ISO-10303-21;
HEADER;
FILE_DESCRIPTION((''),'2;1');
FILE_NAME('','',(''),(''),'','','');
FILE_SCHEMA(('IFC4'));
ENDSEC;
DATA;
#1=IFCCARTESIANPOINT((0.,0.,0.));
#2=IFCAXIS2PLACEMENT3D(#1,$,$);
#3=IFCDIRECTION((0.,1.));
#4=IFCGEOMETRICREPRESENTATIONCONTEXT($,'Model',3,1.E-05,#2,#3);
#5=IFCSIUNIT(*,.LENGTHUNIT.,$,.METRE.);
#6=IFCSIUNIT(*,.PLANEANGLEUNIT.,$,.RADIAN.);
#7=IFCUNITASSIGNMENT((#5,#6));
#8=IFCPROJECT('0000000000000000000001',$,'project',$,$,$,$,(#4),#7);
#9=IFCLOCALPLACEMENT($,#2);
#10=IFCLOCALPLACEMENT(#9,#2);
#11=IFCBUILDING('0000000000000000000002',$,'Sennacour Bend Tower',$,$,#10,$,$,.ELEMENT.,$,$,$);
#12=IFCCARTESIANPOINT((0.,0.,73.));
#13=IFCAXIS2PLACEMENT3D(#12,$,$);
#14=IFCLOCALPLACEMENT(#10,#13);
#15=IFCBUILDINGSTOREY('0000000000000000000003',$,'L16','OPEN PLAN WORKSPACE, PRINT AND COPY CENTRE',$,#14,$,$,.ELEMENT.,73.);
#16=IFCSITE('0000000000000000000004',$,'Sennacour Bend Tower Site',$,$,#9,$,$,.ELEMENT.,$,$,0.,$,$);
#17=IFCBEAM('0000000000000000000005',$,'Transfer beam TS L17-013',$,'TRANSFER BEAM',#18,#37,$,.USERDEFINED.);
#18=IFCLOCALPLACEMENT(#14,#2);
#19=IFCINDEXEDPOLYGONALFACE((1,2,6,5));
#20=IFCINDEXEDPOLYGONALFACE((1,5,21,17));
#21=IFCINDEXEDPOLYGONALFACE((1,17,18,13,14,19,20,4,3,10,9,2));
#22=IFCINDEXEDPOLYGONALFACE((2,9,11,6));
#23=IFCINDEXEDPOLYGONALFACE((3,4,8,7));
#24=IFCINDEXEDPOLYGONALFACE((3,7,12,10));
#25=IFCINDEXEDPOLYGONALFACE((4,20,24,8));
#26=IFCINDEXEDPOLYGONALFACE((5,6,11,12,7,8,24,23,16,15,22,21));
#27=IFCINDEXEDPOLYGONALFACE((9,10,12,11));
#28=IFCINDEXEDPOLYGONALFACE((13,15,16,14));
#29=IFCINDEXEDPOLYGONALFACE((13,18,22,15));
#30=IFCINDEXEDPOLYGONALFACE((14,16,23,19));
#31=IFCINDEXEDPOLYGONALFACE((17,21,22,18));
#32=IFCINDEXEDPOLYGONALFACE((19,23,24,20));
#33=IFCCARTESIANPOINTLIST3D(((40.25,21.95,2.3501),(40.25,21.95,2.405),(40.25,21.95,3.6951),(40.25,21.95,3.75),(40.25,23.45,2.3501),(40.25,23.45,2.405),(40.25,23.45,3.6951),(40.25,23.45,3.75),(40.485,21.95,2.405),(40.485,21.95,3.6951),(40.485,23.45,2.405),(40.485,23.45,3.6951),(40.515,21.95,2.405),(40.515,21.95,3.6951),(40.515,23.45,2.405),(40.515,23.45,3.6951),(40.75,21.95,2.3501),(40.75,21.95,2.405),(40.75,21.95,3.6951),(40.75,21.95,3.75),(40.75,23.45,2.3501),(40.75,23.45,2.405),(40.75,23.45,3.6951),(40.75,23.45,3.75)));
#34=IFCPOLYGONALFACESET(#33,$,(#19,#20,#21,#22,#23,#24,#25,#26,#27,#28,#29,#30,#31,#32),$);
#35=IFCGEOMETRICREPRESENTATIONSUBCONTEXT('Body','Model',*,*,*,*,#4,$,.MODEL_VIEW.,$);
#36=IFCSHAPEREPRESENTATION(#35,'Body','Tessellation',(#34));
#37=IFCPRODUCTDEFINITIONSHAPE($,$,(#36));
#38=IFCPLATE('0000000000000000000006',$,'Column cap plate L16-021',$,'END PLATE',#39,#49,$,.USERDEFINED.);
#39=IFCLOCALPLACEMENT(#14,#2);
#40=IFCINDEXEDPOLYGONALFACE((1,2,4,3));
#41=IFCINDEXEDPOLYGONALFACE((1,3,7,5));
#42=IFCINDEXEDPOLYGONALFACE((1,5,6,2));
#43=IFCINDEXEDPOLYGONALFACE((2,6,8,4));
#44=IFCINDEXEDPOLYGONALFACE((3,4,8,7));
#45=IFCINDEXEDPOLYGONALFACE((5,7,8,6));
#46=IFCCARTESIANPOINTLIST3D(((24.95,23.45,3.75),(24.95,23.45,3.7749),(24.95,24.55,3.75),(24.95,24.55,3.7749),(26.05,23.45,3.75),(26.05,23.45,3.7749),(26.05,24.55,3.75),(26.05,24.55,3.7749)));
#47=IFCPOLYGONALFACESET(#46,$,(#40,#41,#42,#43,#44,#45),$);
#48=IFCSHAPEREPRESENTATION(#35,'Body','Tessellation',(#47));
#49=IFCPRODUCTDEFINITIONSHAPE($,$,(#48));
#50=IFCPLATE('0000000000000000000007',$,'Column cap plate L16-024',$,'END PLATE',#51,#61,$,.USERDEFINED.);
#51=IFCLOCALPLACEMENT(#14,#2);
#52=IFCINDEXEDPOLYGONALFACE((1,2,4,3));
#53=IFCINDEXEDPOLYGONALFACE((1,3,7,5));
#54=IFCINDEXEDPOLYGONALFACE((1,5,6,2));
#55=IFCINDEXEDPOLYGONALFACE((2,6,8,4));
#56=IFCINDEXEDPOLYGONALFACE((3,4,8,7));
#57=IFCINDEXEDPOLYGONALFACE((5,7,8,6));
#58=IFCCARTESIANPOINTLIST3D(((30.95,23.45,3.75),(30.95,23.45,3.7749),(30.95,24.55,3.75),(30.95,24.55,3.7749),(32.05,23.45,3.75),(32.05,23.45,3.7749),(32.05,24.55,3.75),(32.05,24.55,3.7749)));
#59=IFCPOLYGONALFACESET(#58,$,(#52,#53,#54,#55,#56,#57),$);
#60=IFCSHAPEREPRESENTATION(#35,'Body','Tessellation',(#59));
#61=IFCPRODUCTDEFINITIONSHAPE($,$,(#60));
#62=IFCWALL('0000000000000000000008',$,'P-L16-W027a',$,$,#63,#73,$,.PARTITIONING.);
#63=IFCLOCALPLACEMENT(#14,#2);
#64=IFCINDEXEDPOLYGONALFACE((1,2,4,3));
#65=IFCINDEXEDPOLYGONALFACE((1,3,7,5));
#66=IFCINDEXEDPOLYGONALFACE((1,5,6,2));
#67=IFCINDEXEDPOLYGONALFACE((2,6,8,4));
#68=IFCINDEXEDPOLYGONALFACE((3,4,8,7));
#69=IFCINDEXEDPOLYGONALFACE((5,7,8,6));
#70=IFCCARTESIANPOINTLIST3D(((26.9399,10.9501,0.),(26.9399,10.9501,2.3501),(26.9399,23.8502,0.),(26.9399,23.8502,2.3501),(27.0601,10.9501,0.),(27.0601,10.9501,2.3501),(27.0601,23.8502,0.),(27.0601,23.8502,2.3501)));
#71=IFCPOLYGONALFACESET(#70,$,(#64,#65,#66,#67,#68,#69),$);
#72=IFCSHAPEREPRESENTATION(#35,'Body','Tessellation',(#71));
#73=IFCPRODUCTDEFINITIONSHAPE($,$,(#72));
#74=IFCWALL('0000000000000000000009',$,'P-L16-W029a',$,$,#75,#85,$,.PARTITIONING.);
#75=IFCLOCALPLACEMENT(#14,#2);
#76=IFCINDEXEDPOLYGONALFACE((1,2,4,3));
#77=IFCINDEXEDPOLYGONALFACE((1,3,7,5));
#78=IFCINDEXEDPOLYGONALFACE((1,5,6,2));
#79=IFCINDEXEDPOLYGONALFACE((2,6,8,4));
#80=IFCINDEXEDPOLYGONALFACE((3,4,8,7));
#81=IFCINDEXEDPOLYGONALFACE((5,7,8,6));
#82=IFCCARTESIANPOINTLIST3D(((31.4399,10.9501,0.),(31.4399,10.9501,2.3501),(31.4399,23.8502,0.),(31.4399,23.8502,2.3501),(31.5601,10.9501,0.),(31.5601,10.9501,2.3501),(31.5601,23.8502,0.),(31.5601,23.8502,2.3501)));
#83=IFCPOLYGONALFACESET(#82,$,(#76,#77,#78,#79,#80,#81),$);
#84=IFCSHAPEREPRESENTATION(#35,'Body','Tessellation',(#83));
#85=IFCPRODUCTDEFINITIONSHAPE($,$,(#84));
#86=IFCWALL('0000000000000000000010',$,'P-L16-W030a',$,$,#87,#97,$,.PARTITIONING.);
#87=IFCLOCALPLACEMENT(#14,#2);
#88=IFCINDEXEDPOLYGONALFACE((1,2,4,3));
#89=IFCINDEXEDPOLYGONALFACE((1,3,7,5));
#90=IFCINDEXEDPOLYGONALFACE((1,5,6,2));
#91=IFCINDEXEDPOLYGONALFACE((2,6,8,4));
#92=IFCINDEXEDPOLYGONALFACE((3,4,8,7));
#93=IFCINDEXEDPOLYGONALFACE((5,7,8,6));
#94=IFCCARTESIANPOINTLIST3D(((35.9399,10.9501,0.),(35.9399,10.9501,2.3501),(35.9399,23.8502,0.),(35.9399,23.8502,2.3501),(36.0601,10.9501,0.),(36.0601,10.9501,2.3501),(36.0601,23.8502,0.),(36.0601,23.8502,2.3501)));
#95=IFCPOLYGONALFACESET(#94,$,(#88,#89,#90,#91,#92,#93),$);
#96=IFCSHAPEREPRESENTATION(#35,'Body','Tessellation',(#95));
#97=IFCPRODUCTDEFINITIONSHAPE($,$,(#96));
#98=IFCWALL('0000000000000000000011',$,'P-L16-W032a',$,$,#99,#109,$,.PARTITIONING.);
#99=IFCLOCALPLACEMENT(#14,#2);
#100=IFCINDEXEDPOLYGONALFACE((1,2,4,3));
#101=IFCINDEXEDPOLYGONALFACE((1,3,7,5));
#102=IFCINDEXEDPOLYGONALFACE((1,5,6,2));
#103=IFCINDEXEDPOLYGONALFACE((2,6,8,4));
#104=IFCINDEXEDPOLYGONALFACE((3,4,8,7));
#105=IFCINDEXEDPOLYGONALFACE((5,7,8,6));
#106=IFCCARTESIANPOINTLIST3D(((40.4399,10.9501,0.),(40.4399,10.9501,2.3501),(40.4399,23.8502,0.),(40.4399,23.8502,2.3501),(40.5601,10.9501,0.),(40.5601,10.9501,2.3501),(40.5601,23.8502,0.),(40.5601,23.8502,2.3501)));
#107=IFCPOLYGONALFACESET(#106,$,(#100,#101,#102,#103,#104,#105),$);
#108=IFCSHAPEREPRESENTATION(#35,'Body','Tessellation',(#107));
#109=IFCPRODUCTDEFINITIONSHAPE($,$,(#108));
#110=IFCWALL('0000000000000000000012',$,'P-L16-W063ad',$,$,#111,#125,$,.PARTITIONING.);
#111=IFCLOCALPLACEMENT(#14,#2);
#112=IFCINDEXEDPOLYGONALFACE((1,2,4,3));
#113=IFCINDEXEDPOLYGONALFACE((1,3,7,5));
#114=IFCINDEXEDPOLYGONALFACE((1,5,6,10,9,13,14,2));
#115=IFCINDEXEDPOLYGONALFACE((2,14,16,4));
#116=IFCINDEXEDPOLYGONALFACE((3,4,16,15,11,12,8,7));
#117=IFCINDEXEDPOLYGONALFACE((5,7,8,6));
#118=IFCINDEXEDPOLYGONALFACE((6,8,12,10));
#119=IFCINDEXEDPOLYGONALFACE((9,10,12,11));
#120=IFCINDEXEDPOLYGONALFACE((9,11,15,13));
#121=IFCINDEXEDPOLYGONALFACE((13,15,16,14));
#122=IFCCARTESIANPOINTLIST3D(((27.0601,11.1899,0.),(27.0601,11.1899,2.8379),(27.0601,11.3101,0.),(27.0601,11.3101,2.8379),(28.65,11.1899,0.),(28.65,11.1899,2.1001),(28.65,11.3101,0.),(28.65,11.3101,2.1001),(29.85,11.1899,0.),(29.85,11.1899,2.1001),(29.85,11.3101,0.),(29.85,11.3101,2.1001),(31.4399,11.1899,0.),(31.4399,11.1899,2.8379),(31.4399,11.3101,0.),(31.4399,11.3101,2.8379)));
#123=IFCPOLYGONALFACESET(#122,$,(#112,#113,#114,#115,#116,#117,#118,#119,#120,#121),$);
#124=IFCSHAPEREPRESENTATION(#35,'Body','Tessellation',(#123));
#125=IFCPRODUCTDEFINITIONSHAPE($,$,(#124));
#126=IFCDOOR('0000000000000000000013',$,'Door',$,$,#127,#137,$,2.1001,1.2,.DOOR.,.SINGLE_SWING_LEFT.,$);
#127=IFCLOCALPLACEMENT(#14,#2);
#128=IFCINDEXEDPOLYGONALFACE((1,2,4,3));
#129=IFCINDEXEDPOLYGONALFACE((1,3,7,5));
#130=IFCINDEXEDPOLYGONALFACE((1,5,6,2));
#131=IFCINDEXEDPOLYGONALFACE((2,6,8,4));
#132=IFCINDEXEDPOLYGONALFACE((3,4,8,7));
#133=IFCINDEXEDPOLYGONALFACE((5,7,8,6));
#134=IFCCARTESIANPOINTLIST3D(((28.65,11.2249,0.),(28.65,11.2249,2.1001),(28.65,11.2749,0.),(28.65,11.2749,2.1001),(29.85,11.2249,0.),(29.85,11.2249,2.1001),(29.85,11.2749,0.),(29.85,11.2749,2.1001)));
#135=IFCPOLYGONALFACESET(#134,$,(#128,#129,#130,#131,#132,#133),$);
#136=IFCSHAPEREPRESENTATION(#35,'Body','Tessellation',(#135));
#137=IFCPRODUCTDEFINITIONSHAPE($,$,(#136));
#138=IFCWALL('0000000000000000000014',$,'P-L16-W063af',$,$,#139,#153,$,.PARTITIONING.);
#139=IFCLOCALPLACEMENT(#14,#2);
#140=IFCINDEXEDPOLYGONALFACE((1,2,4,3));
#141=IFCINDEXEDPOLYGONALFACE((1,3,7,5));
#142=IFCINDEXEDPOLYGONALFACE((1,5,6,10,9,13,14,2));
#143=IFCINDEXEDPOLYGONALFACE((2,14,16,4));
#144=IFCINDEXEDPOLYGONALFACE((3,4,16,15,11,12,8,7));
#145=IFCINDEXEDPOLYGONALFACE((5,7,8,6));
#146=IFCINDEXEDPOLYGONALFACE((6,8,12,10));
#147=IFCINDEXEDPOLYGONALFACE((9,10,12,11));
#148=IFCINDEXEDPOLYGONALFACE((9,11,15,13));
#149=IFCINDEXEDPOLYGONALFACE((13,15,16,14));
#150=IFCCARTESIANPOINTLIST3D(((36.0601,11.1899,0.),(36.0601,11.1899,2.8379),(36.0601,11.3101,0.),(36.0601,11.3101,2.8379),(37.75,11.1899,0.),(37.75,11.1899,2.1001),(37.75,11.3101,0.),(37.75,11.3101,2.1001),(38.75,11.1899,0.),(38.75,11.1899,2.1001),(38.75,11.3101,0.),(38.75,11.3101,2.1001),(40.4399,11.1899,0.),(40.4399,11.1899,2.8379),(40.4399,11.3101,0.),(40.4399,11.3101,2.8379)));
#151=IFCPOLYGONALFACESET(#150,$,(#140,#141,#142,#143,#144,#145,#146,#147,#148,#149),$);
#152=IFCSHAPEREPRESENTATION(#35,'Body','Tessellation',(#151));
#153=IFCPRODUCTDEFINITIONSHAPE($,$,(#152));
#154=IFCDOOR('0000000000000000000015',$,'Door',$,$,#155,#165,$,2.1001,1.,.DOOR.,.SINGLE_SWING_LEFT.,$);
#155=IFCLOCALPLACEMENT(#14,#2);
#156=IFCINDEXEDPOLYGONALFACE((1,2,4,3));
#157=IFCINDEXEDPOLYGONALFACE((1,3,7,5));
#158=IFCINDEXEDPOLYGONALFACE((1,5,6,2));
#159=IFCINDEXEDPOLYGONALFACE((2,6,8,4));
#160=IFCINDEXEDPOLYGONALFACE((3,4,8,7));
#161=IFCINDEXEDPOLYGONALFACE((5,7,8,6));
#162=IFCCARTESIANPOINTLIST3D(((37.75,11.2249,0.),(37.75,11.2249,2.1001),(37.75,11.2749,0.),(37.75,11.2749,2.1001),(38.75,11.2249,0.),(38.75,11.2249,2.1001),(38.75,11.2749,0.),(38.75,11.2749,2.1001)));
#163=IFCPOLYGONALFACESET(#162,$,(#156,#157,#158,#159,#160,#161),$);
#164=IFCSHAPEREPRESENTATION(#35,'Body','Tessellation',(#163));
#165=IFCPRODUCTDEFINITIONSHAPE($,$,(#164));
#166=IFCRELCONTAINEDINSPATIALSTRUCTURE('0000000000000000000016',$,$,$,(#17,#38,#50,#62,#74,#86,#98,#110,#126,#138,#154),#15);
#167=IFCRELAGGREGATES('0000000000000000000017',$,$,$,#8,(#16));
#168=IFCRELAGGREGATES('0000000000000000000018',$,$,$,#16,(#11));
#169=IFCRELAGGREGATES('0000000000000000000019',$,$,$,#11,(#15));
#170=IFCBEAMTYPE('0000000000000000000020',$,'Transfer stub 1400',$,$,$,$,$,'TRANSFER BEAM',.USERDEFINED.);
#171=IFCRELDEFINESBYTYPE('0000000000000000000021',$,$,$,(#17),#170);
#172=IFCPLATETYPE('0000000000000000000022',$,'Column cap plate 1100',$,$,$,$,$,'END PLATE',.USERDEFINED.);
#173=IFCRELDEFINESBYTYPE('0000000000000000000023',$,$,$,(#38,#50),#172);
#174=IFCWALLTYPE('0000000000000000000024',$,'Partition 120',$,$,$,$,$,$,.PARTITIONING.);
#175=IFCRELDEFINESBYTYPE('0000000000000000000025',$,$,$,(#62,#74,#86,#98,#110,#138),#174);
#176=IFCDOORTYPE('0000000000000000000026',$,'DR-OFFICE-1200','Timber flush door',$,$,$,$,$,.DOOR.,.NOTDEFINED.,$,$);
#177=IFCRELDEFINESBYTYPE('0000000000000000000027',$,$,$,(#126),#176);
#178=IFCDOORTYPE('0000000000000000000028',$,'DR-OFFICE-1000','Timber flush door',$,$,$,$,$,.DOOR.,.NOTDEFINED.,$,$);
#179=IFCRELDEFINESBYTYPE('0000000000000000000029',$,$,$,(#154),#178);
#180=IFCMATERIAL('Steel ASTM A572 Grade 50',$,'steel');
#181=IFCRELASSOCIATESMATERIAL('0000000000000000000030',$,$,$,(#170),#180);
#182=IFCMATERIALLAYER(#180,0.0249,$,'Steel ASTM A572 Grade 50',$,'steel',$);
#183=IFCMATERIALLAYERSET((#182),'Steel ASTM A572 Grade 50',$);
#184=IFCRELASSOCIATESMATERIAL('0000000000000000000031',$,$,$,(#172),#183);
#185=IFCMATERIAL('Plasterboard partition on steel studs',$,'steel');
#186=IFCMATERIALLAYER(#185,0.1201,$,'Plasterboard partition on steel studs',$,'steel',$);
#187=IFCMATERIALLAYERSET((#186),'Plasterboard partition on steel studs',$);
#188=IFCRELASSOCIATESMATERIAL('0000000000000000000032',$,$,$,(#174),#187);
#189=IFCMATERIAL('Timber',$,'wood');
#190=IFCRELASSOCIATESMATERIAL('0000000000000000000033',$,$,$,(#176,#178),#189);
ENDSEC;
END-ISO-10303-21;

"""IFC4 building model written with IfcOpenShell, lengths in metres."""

from ifc_helpers import new_model, si_unit, direction, frame, frame_2d, origin, origin_2d, place, context, subcontext, project, spatial, rectangle, i_section, extrude, material, layer, layer_set, material_profile, profile_set, type_object, element, fill, save


model = new_model("IFC4")

# Units and contexts
model_context = context("Model", 3, precision=1e-05, world=origin(), true_north=direction((0.0, 1.0)))
body_context = subcontext(model_context, "Body", "Model", "MODEL_VIEW")
ifc_project = project(units=[si_unit("LENGTHUNIT", "METRE"), si_unit("PLANEANGLEUNIT", "RADIAN")], contexts=[model_context])

# Site, building, storey
site_placement = place(None, origin())
site = spatial("IfcSite", under=ifc_project, at=site_placement, Name="Sennacour Bend Tower Site", CompositionType="ELEMENT", RefElevation=0.0)
building_placement = place(site_placement, origin())
building = spatial("IfcBuilding", under=site, at=building_placement, Name="Sennacour Bend Tower", CompositionType="ELEMENT")
storey_placement = place(building_placement, frame((0.0, 0.0, 73.0)))
storey = spatial("IfcBuildingStorey", under=building, at=storey_placement, Name="L16", Description="OPEN PLAN WORKSPACE, PRINT AND COPY CENTRE", CompositionType="ELEMENT", Elevation=73.0)

# Shared definitions
ifc_material_1 = material(Name="Steel ASTM A572 Grade 50", Category="steel")

# Beam
ifc_material_profile_1 = material_profile(ifc_material_1, i_section(OverallWidth=0.5, OverallDepth=1.3999, WebThickness=0.03, FlangeThickness=0.0549, at=origin_2d()), Name="Steel ASTM A572 Grade 50", Category="steel")
ifc_profile_set_1 = profile_set([ifc_material_profile_1], Name="Steel ASTM A572 Grade 50")
beam_type_1 = type_object("IfcBeamType", Name="Transfer stub 1400", ElementType="TRANSFER BEAM", PredefinedType="USERDEFINED", material=ifc_profile_set_1)
for number, where, z_axis, x_axis, name in (
    (1, (40.5, 23.45, 3.05), (0.0, -1.0, 0.0), (1.0, 0.0, 0.0), "Transfer beam TS L17-013"),
):
    element("IfcBeam", number, at=place(storey_placement, frame(where, z_axis=z_axis, x_axis=x_axis)), inside=storey, type_object=beam_type_1, Name=name, ObjectType="TRANSFER BEAM", PredefinedType="USERDEFINED", context=body_context, shape_type="SweptSolid", body=[
        extrude(i_section(OverallWidth=0.5, OverallDepth=1.3999, WebThickness=0.03, FlangeThickness=0.0549, at=origin_2d()), origin(), (0.0, 0.0, 1.0), 1.5),
    ])

# Plates
ifc_layer_1 = layer(ifc_material_1, 0.0249, Name="Steel ASTM A572 Grade 50", Category="steel")
ifc_layer_set_1 = layer_set([ifc_layer_1], Name="Steel ASTM A572 Grade 50")
plate_type = type_object("IfcPlateType", Name="Column cap plate 1100", ElementType="END PLATE", PredefinedType="USERDEFINED", material=ifc_layer_set_1)
for number, where, z_axis, x_axis, name in (
    (2, (25.5, 24.0, 3.75), (0.0, 0.0, 1.0), (1.0, 0.0, 0.0), "Column cap plate L16-021"),
    (3, (31.5, 24.0, 3.75), (0.0, 0.0, 1.0), (1.0, 0.0, 0.0), "Column cap plate L16-024"),
):
    element("IfcPlate", number, at=place(storey_placement, frame(where, z_axis=z_axis, x_axis=x_axis)), inside=storey, type_object=plate_type, Name=name, ObjectType="END PLATE", PredefinedType="USERDEFINED", context=body_context, shape_type="SweptSolid", body=[
        extrude(rectangle(XDim=1.1001, YDim=1.1001, at=origin_2d()), origin(), (0.0, 0.0, 1.0), 0.0249),
    ])

# Walls
ifc_material_2 = material(Name="Plasterboard partition on steel studs", Category="steel")
ifc_layer_2 = layer(ifc_material_2, 0.1201, Name="Plasterboard partition on steel studs", Category="steel")
ifc_layer_set_2 = layer_set([ifc_layer_2], Name="Plasterboard partition on steel studs")
wall_type_1 = type_object("IfcWallType", Name="Partition 120", PredefinedType="PARTITIONING", material=ifc_layer_set_2)
for number, where, z_axis, x_axis, name in (
    (4, (27.0, 10.95, 0.0), (0.0, 0.0, 1.0), (0.0, 1.0, 0.0), "P-L16-W027a"),
    (5, (31.5, 10.95, 0.0), (0.0, 0.0, 1.0), (0.0, 1.0, 0.0), "P-L16-W029a"),
    (6, (36.0, 10.95, 0.0), (0.0, 0.0, 1.0), (0.0, 1.0, 0.0), "P-L16-W030a"),
    (7, (40.5, 10.95, 0.0), (0.0, 0.0, 1.0), (0.0, 1.0, 0.0), "P-L16-W032a"),
):
    element("IfcWall", number, at=place(storey_placement, frame(where, z_axis=z_axis, x_axis=x_axis)), inside=storey, type_object=wall_type_1, Name=name, PredefinedType="PARTITIONING", context=body_context, shape_type="SweptSolid", body=[
        extrude(rectangle(XDim=12.9001, YDim=0.1201, at=frame_2d((6.4502, 0.0))), origin(), (0.0, 0.0, 1.0), 2.3501),
    ])

# Walls, openings, doors
wall_1_placement = place(storey_placement, frame((27.0601, 11.25, 0.0), z_axis=(0.0, 0.0, 1.0), x_axis=(1.0, 0.0, 0.0)))
wall_1 = element("IfcWall", 8, at=wall_1_placement, inside=storey, type_object=wall_type_1, Name="P-L16-W063ad", PredefinedType="PARTITIONING", context=body_context, shape_type="SweptSolid", body=[
    extrude(rectangle(XDim=4.3799, YDim=0.1201, at=frame_2d((2.1899, 0.0))), origin(), (0.0, 0.0, 1.0), 2.8379),
])
opening_1_placement = place(wall_1_placement, frame((1.5898, 0.0, 0.0)))
opening_1 = element("IfcOpeningElement", 9, at=opening_1_placement, cuts=wall_1, PredefinedType="OPENING", context=body_context, shape_type="SweptSolid", body=[
    extrude(rectangle(XDim=1.2, YDim=2.1001, at=frame_2d((0.6001, 1.05))), frame((0.0, 0.0701, 0.0), z_axis=(0.0, -1.0, 0.0), x_axis=(1.0, 0.0, 0.0)), (0.0, 0.0, 1.0), 0.1401),
])
ifc_material_3 = material(Name="Timber", Category="wood")
door_type_1 = type_object("IfcDoorType", Name="DR-OFFICE-1200", Description="Timber flush door", OperationType="NOTDEFINED", PredefinedType="DOOR", material=ifc_material_3)
door_1_placement = place(opening_1_placement, origin())
door_1 = element("IfcDoor", 10, at=door_1_placement, inside=storey, type_object=door_type_1, Name="Door", OperationType="SINGLE_SWING_LEFT", OverallHeight=2.1001, OverallWidth=1.2, PredefinedType="DOOR", context=body_context, shape_type="SweptSolid", body=[
    extrude(rectangle(XDim=1.2, YDim=2.1001, at=frame_2d((0.6001, 1.05))), frame((0.0, 0.0249, 0.0), z_axis=(0.0, -1.0, 0.0), x_axis=(1.0, 0.0, 0.0)), (0.0, 0.0, 1.0), 0.05),
])
fill(opening_1, door_1)
wall_2_placement = place(storey_placement, frame((36.0601, 11.25, 0.0), z_axis=(0.0, 0.0, 1.0), x_axis=(1.0, 0.0, 0.0)))
wall_2 = element("IfcWall", 11, at=wall_2_placement, inside=storey, type_object=wall_type_1, Name="P-L16-W063af", PredefinedType="PARTITIONING", context=body_context, shape_type="SweptSolid", body=[
    extrude(rectangle(XDim=4.3799, YDim=0.1201, at=frame_2d((2.1899, 0.0))), origin(), (0.0, 0.0, 1.0), 2.8379),
])
opening_2_placement = place(wall_2_placement, frame((1.6899, 0.0, 0.0)))
opening_2 = element("IfcOpeningElement", 12, at=opening_2_placement, cuts=wall_2, PredefinedType="OPENING", context=body_context, shape_type="SweptSolid", body=[
    extrude(rectangle(XDim=1.0, YDim=2.1001, at=frame_2d((0.5, 1.05))), frame((0.0, 0.0701, 0.0), z_axis=(0.0, -1.0, 0.0), x_axis=(1.0, 0.0, 0.0)), (0.0, 0.0, 1.0), 0.1401),
])
door_type_2 = type_object("IfcDoorType", Name="DR-OFFICE-1000", Description="Timber flush door", OperationType="NOTDEFINED", PredefinedType="DOOR", material=ifc_material_3)
door_2_placement = place(opening_2_placement, origin())
door_2 = element("IfcDoor", 13, at=door_2_placement, inside=storey, type_object=door_type_2, Name="Door", OperationType="SINGLE_SWING_LEFT", OverallHeight=2.1001, OverallWidth=1.0, PredefinedType="DOOR", context=body_context, shape_type="SweptSolid", body=[
    extrude(rectangle(XDim=1.0, YDim=2.1001, at=frame_2d((0.5, 1.05))), frame((0.0, 0.0249, 0.0), z_axis=(0.0, -1.0, 0.0), x_axis=(1.0, 0.0, 0.0)), (0.0, 0.0, 1.0), 0.05),
])
fill(opening_2, door_2)

save(model, "model.ifc")
